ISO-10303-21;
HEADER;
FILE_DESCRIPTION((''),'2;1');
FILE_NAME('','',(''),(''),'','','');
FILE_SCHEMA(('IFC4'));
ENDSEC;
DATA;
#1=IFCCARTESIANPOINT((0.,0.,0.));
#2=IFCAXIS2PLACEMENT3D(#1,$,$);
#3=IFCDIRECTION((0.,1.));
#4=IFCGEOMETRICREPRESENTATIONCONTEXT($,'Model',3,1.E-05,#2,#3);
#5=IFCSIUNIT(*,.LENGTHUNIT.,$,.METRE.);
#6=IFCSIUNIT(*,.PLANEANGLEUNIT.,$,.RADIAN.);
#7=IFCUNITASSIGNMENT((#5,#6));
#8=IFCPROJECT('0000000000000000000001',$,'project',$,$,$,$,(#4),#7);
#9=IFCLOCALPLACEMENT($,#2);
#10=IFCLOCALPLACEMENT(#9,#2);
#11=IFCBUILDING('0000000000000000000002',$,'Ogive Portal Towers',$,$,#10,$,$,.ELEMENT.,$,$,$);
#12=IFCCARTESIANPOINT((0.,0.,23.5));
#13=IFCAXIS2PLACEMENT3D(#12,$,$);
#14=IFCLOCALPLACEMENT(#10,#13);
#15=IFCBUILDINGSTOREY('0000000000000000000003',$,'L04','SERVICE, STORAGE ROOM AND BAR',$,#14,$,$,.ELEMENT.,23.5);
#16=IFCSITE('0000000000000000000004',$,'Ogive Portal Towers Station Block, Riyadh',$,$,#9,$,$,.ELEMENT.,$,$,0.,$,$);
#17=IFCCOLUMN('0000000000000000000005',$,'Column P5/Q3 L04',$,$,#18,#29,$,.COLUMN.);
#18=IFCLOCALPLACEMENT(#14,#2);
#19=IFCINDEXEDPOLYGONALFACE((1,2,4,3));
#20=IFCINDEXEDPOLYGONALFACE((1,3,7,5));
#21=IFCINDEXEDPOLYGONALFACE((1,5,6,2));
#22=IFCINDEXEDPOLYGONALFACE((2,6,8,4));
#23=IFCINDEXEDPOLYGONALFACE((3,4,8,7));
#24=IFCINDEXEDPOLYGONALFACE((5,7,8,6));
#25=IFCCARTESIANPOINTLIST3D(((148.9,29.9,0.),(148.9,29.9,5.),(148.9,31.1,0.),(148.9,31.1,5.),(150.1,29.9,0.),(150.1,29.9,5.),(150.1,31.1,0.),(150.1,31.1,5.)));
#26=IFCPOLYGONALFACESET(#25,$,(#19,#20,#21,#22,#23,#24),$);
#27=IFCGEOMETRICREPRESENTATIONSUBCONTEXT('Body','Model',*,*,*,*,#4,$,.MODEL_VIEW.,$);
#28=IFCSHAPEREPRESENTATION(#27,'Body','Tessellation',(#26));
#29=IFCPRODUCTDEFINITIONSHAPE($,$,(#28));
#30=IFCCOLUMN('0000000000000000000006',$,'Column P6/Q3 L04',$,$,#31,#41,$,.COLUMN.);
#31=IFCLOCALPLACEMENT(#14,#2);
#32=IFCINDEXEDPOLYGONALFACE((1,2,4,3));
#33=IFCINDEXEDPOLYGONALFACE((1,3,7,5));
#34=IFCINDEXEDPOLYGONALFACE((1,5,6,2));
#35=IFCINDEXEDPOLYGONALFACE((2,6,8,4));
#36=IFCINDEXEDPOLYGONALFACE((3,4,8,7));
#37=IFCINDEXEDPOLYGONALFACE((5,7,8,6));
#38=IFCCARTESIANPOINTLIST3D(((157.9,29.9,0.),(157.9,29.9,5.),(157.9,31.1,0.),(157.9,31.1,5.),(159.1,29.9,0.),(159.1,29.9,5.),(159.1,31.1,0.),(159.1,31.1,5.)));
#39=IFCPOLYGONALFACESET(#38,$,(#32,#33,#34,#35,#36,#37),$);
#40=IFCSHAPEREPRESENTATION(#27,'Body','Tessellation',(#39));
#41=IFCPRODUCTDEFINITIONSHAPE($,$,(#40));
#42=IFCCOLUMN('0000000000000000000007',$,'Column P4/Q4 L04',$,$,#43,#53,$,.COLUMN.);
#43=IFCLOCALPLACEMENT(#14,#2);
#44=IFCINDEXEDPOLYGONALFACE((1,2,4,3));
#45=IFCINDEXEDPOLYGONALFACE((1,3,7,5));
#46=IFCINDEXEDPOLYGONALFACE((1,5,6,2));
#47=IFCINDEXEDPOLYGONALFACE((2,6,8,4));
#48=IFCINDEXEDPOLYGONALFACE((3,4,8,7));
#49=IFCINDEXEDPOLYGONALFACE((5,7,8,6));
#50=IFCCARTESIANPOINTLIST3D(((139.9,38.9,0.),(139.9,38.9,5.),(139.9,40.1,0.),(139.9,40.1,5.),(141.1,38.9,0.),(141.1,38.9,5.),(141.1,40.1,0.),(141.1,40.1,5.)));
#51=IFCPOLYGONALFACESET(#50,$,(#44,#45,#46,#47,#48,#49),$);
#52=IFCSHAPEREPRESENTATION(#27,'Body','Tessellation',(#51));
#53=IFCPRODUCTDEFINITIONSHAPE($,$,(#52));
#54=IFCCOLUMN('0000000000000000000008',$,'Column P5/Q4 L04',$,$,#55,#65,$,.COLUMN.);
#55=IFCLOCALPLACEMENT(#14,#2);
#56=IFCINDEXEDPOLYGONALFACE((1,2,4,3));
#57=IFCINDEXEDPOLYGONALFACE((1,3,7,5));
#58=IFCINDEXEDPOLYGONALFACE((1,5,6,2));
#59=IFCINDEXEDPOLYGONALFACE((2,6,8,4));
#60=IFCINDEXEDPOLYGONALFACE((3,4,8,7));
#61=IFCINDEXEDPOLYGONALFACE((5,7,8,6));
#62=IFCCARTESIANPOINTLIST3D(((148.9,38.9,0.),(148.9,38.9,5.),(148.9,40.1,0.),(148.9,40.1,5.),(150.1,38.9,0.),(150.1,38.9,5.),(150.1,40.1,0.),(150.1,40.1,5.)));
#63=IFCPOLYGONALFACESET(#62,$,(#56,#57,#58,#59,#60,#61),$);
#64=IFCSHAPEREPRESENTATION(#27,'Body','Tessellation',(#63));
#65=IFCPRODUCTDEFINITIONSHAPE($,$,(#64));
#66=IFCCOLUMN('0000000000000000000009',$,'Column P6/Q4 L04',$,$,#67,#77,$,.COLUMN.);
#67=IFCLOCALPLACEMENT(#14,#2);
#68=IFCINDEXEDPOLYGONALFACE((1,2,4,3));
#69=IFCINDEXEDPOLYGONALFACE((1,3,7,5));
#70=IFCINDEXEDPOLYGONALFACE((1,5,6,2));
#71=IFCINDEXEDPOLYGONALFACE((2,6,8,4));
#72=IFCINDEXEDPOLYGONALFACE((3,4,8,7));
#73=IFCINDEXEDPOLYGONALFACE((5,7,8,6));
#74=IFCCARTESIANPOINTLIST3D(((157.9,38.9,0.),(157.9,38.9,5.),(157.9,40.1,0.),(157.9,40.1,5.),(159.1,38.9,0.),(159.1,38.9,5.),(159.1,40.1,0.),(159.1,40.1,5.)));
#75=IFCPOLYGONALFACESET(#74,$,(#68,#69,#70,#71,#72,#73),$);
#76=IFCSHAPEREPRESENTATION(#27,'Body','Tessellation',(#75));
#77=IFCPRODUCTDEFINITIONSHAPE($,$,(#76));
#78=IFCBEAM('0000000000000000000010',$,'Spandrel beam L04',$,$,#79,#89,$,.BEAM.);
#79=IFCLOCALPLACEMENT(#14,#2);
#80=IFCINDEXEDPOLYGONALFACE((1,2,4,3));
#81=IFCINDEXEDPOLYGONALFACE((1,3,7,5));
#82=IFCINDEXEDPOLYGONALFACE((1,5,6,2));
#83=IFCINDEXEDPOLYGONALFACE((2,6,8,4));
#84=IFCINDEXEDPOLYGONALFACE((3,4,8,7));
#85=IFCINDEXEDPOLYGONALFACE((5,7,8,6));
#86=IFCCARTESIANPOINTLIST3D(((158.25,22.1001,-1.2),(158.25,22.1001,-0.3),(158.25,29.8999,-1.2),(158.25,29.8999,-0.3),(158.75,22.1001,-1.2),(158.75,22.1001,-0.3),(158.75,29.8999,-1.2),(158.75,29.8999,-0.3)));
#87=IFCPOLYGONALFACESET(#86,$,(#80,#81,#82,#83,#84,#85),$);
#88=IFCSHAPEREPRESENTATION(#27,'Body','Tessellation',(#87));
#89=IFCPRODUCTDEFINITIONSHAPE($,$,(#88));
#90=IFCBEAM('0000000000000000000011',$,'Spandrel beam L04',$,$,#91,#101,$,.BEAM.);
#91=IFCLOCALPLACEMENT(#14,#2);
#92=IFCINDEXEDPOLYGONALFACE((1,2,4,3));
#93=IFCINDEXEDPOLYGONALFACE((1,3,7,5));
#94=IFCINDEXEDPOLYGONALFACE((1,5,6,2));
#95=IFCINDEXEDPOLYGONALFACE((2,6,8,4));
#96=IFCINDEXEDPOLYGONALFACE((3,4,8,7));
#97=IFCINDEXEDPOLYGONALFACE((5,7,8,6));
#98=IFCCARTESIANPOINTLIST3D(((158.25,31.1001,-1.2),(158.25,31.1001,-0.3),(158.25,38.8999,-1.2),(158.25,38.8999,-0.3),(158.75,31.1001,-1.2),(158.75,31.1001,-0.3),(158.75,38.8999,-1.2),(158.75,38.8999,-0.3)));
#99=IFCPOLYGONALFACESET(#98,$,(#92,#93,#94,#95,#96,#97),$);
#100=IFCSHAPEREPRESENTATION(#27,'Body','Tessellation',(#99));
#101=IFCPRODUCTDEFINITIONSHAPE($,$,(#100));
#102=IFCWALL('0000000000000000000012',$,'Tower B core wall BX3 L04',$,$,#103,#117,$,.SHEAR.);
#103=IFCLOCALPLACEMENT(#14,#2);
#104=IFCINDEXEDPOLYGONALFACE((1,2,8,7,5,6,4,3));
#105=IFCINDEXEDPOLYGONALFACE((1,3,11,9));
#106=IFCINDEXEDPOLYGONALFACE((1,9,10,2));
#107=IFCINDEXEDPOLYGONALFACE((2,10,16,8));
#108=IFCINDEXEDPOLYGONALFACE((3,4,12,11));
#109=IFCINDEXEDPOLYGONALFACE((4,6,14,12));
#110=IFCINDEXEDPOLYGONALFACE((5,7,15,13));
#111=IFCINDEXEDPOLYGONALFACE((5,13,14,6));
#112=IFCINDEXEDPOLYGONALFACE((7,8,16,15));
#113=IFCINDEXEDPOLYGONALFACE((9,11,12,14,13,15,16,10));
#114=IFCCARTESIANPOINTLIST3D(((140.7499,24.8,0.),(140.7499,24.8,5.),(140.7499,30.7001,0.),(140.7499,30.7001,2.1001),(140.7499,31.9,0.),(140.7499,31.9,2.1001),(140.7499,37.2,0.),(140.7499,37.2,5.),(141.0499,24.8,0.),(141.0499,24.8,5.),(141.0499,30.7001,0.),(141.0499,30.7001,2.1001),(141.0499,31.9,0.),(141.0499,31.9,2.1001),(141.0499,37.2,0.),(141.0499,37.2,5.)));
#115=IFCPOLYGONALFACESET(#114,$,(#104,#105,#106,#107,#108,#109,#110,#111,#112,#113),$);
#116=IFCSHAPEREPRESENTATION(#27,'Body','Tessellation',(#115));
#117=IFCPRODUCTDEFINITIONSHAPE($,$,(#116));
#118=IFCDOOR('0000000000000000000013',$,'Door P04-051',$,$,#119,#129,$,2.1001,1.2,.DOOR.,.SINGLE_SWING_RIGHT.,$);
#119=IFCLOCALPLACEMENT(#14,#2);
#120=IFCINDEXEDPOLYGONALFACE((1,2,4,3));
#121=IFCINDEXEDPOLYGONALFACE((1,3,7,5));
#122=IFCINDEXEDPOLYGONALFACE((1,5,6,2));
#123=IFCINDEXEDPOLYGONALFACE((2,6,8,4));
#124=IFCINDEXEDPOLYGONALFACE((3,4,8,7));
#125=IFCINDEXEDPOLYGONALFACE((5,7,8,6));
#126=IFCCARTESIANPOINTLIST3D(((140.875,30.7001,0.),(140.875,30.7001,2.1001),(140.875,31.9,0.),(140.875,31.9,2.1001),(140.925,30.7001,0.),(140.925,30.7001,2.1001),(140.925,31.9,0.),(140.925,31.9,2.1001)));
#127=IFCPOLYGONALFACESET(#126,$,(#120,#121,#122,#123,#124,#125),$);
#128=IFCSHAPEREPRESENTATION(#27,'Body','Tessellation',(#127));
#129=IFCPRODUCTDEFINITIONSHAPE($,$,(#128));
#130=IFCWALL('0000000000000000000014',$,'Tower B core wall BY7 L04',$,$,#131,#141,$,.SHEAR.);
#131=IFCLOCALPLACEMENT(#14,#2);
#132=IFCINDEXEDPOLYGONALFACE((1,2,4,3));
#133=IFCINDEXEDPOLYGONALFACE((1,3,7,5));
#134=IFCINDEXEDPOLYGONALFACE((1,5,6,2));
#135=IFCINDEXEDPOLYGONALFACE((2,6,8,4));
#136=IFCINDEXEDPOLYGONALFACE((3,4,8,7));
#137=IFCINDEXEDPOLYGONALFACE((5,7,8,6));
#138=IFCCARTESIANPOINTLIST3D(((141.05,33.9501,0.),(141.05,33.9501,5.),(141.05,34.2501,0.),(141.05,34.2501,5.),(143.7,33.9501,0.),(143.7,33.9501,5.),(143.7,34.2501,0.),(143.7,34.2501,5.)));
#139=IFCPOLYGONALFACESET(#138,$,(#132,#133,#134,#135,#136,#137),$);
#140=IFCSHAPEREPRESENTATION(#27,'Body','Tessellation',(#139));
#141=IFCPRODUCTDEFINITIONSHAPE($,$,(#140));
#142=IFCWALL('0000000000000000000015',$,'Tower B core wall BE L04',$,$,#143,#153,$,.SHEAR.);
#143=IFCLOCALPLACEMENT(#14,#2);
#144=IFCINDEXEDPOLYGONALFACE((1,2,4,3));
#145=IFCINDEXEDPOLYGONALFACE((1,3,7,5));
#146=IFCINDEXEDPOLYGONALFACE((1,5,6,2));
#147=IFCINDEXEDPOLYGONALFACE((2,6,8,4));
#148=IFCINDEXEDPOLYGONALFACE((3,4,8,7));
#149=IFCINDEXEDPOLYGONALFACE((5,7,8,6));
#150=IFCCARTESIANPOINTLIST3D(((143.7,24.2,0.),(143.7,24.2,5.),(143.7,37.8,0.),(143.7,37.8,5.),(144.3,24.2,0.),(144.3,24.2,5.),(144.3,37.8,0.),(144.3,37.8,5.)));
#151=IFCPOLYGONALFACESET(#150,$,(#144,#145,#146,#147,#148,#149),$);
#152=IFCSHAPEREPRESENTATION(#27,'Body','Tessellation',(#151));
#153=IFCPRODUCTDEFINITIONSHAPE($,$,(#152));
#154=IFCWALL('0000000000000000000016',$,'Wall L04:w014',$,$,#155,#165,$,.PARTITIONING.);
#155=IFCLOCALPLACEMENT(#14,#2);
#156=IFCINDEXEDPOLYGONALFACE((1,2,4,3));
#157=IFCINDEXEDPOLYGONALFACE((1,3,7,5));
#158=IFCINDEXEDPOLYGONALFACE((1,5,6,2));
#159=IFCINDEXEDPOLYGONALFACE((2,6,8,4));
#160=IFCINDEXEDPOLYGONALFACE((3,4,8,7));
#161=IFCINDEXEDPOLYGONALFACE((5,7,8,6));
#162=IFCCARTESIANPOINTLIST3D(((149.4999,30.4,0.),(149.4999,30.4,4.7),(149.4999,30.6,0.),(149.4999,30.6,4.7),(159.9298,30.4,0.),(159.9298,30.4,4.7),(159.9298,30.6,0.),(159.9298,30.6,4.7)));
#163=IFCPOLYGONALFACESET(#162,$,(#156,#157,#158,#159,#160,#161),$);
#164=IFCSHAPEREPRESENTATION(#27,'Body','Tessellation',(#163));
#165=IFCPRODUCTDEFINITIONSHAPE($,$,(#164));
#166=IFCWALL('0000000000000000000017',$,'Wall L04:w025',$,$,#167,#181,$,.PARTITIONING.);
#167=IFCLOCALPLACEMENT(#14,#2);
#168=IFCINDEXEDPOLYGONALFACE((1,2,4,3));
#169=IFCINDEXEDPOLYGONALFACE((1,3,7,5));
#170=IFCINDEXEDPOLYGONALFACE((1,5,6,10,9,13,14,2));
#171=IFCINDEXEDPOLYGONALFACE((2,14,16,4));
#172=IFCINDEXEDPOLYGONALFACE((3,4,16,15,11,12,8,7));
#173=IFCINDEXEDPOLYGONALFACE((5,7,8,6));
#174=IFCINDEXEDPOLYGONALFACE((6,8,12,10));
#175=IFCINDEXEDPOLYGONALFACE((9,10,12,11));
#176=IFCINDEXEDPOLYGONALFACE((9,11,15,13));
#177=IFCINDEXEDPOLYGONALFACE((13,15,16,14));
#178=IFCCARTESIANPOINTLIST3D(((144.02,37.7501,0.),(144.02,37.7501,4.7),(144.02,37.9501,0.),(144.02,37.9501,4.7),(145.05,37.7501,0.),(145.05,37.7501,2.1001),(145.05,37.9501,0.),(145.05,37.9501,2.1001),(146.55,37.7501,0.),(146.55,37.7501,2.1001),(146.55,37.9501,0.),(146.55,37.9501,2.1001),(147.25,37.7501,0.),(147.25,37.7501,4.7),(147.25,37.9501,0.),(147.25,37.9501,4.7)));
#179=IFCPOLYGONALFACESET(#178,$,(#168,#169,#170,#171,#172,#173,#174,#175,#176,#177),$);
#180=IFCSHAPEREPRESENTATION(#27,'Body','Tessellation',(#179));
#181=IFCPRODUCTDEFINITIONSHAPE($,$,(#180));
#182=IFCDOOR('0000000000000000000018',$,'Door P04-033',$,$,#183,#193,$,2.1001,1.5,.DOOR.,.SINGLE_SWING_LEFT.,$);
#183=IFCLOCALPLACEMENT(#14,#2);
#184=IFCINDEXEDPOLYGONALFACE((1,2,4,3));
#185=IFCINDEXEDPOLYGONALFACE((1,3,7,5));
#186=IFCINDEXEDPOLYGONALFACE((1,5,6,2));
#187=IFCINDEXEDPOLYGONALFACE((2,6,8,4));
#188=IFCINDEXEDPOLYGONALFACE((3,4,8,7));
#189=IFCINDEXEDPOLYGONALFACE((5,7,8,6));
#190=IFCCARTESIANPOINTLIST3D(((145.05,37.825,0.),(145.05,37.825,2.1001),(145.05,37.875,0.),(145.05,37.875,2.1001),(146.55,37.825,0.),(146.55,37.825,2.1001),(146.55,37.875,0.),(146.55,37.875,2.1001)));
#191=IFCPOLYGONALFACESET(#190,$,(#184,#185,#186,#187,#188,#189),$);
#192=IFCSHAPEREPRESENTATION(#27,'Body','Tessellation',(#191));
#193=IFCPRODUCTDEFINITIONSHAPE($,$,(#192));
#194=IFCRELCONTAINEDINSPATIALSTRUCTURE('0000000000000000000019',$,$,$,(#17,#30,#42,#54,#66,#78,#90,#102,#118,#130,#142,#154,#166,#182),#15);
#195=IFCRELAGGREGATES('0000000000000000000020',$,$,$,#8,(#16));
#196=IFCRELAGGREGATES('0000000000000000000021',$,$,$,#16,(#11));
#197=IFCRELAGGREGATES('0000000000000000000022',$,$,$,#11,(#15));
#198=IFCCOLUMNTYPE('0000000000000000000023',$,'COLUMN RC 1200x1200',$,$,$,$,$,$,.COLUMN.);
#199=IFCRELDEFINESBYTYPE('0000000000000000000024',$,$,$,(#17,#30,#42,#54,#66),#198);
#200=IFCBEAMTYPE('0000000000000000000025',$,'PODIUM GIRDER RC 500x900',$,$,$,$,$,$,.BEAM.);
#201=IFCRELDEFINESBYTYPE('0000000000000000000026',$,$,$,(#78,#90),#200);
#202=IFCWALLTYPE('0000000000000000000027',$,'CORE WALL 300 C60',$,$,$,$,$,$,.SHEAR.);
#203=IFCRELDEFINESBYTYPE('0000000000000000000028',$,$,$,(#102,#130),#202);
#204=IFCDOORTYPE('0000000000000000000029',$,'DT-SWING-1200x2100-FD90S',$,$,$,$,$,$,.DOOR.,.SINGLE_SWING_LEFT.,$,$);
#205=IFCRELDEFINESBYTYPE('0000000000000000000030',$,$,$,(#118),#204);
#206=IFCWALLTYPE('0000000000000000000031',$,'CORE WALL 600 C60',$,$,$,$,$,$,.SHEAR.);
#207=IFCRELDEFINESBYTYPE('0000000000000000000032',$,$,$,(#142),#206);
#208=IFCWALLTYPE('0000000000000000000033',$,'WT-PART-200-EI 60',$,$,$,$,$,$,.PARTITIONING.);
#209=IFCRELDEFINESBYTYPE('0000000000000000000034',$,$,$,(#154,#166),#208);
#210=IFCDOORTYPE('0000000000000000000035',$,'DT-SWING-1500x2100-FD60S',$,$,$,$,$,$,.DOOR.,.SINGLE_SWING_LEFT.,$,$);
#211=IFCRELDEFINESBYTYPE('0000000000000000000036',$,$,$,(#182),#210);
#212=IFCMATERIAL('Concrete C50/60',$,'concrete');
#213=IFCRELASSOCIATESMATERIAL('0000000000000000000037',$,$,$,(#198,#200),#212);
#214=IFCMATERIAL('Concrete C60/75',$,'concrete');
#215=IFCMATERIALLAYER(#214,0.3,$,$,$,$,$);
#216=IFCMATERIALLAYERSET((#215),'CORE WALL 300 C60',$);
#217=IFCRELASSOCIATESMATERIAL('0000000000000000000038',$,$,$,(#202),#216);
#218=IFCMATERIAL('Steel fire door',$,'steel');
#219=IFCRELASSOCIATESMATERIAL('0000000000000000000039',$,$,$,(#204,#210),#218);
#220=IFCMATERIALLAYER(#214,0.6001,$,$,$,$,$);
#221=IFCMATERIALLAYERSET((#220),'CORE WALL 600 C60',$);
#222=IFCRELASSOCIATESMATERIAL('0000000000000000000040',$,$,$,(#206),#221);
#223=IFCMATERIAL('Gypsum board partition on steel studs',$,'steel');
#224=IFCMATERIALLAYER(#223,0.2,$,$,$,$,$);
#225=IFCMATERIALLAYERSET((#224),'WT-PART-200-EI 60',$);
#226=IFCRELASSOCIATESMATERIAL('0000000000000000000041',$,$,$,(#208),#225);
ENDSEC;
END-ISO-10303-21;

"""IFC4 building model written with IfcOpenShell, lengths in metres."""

from ifc_helpers import new_model, si_unit, direction, frame, frame_2d, origin, origin_2d, place, context, subcontext, project, spatial, rectangle, extrude, material, layer, layer_set, material_profile, profile_set, type_object, element, fill, save


model = new_model("IFC4")

# Units and contexts
model_context = context("Model", 3, precision=1e-05, world=origin(), true_north=direction((0.0, 1.0)))
body_context = subcontext(model_context, "Body", "Model", "MODEL_VIEW")
ifc_project = project(units=[si_unit("LENGTHUNIT", "METRE"), si_unit("PLANEANGLEUNIT", "RADIAN")], contexts=[model_context])

# Site, building, storey
site_placement = place(None, origin())
site = spatial("IfcSite", under=ifc_project, at=site_placement, Name="Ogive Portal Towers Station Block, Riyadh", CompositionType="ELEMENT", RefElevation=0.0)
building_placement = place(site_placement, origin())
building = spatial("IfcBuilding", under=site, at=building_placement, Name="Ogive Portal Towers", CompositionType="ELEMENT")
storey_placement = place(building_placement, frame((0.0, 0.0, 23.5)))
storey = spatial("IfcBuildingStorey", under=building, at=storey_placement, Name="L04", Description="SERVICE, STORAGE ROOM AND BAR", CompositionType="ELEMENT", Elevation=23.5)

# Columns
ifc_material_1 = material(Name="Concrete C50/60", Category="concrete")
ifc_material_profile_1 = material_profile(ifc_material_1, rectangle(XDim=1.2, YDim=1.2, at=origin_2d()), Name="RC 1200x1200")
ifc_profile_set_1 = profile_set([ifc_material_profile_1], Name="Concrete C50/60")
column_type = type_object("IfcColumnType", Name="COLUMN RC 1200x1200", PredefinedType="COLUMN", material=ifc_profile_set_1)
for number, where, z_axis, x_axis, name in (
    (1, (149.5, 30.5, 0.0), (0.0, 0.0, 1.0), (1.0, 0.0, 0.0), "Column P5/Q3 L04"),
    (2, (158.5, 30.5, 0.0), (0.0, 0.0, 1.0), (1.0, 0.0, 0.0), "Column P6/Q3 L04"),
    (3, (140.5, 39.5, 0.0), (0.0, 0.0, 1.0), (1.0, 0.0, 0.0), "Column P4/Q4 L04"),
    (4, (149.5, 39.5, 0.0), (0.0, 0.0, 1.0), (1.0, 0.0, 0.0), "Column P5/Q4 L04"),
    (5, (158.5, 39.5, 0.0), (0.0, 0.0, 1.0), (1.0, 0.0, 0.0), "Column P6/Q4 L04"),
):
    element("IfcColumn", number, at=place(storey_placement, frame(where, z_axis=z_axis, x_axis=x_axis)), inside=storey, type_object=column_type, Name=name, PredefinedType="COLUMN", context=body_context, shape_type="SweptSolid", body=[
        extrude(rectangle(XDim=1.2, YDim=1.2, at=origin_2d()), origin(), (0.0, 0.0, 1.0), 5.0),
    ])

# Beams
ifc_material_profile_2 = material_profile(ifc_material_1, rectangle(XDim=0.5, YDim=0.8999, at=origin_2d()), Name="RC 500x900")
ifc_profile_set_2 = profile_set([ifc_material_profile_2], Name="Concrete C50/60")
beam_type = type_object("IfcBeamType", Name="PODIUM GIRDER RC 500x900", PredefinedType="BEAM", material=ifc_profile_set_2)
for number, where, z_axis, x_axis, name in (
    (6, (158.5, 22.1001, -0.75), (0.0, 1.0, 0.0), (-1.0, 0.0, 0.0), "Spandrel beam L04"),
    (7, (158.5, 31.1001, -0.75), (0.0, 1.0, 0.0), (-1.0, 0.0, 0.0), "Spandrel beam L04"),
):
    element("IfcBeam", number, at=place(storey_placement, frame(where, z_axis=z_axis, x_axis=x_axis)), inside=storey, type_object=beam_type, Name=name, PredefinedType="BEAM", context=body_context, shape_type="SweptSolid", body=[
        extrude(rectangle(XDim=0.5, YDim=0.8999, at=origin_2d()), origin(), (0.0, 0.0, 1.0), 7.7998),
    ])

# Wall, opening, door
ifc_material_2 = material(Name="Concrete C60/75", Category="concrete")
ifc_layer_1 = layer(ifc_material_2, 0.3)
ifc_layer_set_1 = layer_set([ifc_layer_1], Name="CORE WALL 300 C60")
wall_type_1 = type_object("IfcWallType", Name="CORE WALL 300 C60", PredefinedType="SHEAR", material=ifc_layer_set_1)
wall_1_placement = place(storey_placement, frame((140.8999, 24.8, 0.0), z_axis=(0.0, 0.0, 1.0), x_axis=(0.0, 1.0, 0.0)))
wall_1 = element("IfcWall", 8, at=wall_1_placement, inside=storey, type_object=wall_type_1, Name="Tower B core wall BX3 L04", PredefinedType="SHEAR", context=body_context, shape_type="SweptSolid", body=[
    extrude(rectangle(XDim=12.3999, YDim=0.3, at=frame_2d((6.2, 0.0))), origin(), (0.0, 0.0, 1.0), 5.0),
])
opening_1_placement = place(wall_1_placement, frame((5.8999, 0.0, 0.0)))
opening_1 = element("IfcOpeningElement", 9, at=opening_1_placement, cuts=wall_1, PredefinedType="OPENING", context=body_context, shape_type="SweptSolid", body=[
    extrude(rectangle(XDim=1.2, YDim=2.1001, at=frame_2d((0.6001, 1.05))), frame((0.0, 0.1602, 0.0), z_axis=(0.0, -1.0, 0.0), x_axis=(1.0, 0.0, 0.0)), (0.0, 0.0, 1.0), 0.3201),
])
ifc_material_3 = material(Name="Steel fire door", Category="steel")
door_type_1 = type_object("IfcDoorType", Name="DT-SWING-1200x2100-FD90S", OperationType="SINGLE_SWING_LEFT", PredefinedType="DOOR", material=ifc_material_3)
door_1_placement = place(opening_1_placement, origin())
door_1 = element("IfcDoor", 10, at=door_1_placement, inside=storey, type_object=door_type_1, Name="Door P04-051", OperationType="SINGLE_SWING_RIGHT", OverallHeight=2.1001, OverallWidth=1.2, PredefinedType="DOOR", context=body_context, shape_type="SweptSolid", body=[
    extrude(rectangle(XDim=1.2, YDim=2.1001, at=frame_2d((0.6001, 1.05))), frame((0.0, 0.0249, 0.0), z_axis=(0.0, -1.0, 0.0), x_axis=(1.0, 0.0, 0.0)), (0.0, 0.0, 1.0), 0.05),
])
fill(opening_1, door_1)

# Walls
wall_2_placement = place(storey_placement, frame((141.05, 34.1001, 0.0), z_axis=(0.0, 0.0, 1.0), x_axis=(1.0, 0.0, 0.0)))
element("IfcWall", 11, at=wall_2_placement, inside=storey, type_object=wall_type_1, Name="Tower B core wall BY7 L04", PredefinedType="SHEAR", context=body_context, shape_type="SweptSolid", body=[
    extrude(rectangle(XDim=2.6499, YDim=0.3, at=frame_2d((1.325, 0.0))), origin(), (0.0, 0.0, 1.0), 5.0),
])
ifc_layer_2 = layer(ifc_material_2, 0.6001)
ifc_layer_set_2 = layer_set([ifc_layer_2], Name="CORE WALL 600 C60")
wall_type_2 = type_object("IfcWallType", Name="CORE WALL 600 C60", PredefinedType="SHEAR", material=ifc_layer_set_2)
wall_3_placement = place(storey_placement, frame((144.0, 24.2, 0.0), z_axis=(0.0, 0.0, 1.0), x_axis=(0.0, 1.0, 0.0)))
element("IfcWall", 12, at=wall_3_placement, inside=storey, type_object=wall_type_2, Name="Tower B core wall BE L04", PredefinedType="SHEAR", context=body_context, shape_type="SweptSolid", body=[
    extrude(rectangle(XDim=13.6001, YDim=0.6001, at=frame_2d((6.8, 0.0))), origin(), (0.0, 0.0, 1.0), 5.0),
])
ifc_material_4 = material(Name="Gypsum board partition on steel studs", Category="steel")
ifc_layer_3 = layer(ifc_material_4, 0.2)
ifc_layer_set_3 = layer_set([ifc_layer_3], Name="WT-PART-200-EI 60")
wall_type_3 = type_object("IfcWallType", Name="WT-PART-200-EI 60", PredefinedType="PARTITIONING", material=ifc_layer_set_3)
wall_4_placement = place(storey_placement, frame((149.5, 30.5, 0.0), z_axis=(0.0, 0.0, 1.0), x_axis=(1.0, 0.0, 0.0)))
element("IfcWall", 13, at=wall_4_placement, inside=storey, type_object=wall_type_3, Name="Wall L04:w014", PredefinedType="PARTITIONING", context=body_context, shape_type="SweptSolid", body=[
    extrude(rectangle(XDim=10.4299, YDim=0.2, at=frame_2d((5.2148, 0.0))), origin(), (0.0, 0.0, 1.0), 4.7),
])

# Wall, opening, door
wall_5_placement = place(storey_placement, frame((144.02, 37.8501, 0.0), z_axis=(0.0, 0.0, 1.0), x_axis=(1.0, 0.0, 0.0)))
wall_5 = element("IfcWall", 14, at=wall_5_placement, inside=storey, type_object=wall_type_3, Name="Wall L04:w025", PredefinedType="PARTITIONING", context=body_context, shape_type="SweptSolid", body=[
    extrude(rectangle(XDim=3.23, YDim=0.2, at=frame_2d((1.615, 0.0))), origin(), (0.0, 0.0, 1.0), 4.7),
])
opening_2_placement = place(wall_5_placement, frame((1.03, 0.0, 0.0)))
opening_2 = element("IfcOpeningElement", 15, at=opening_2_placement, cuts=wall_5, PredefinedType="OPENING", context=body_context, shape_type="SweptSolid", body=[
    extrude(rectangle(XDim=1.5, YDim=2.1001, at=frame_2d((0.75, 1.05))), frame((0.0, 0.1099, 0.0), z_axis=(0.0, -1.0, 0.0), x_axis=(1.0, 0.0, 0.0)), (0.0, 0.0, 1.0), 0.22),
])
door_type_2 = type_object("IfcDoorType", Name="DT-SWING-1500x2100-FD60S", OperationType="SINGLE_SWING_LEFT", PredefinedType="DOOR", material=ifc_material_3)
door_2_placement = place(opening_2_placement, origin())
door_2 = element("IfcDoor", 16, at=door_2_placement, inside=storey, type_object=door_type_2, Name="Door P04-033", OperationType="SINGLE_SWING_LEFT", OverallHeight=2.1001, OverallWidth=1.5, PredefinedType="DOOR", context=body_context, shape_type="SweptSolid", body=[
    extrude(rectangle(XDim=1.5, YDim=2.1001, at=frame_2d((0.75, 1.05))), frame((0.0, 0.0249, 0.0), z_axis=(0.0, -1.0, 0.0), x_axis=(1.0, 0.0, 0.0)), (0.0, 0.0, 1.0), 0.05),
])
fill(opening_2, door_2)

save(model, "model.ifc")
